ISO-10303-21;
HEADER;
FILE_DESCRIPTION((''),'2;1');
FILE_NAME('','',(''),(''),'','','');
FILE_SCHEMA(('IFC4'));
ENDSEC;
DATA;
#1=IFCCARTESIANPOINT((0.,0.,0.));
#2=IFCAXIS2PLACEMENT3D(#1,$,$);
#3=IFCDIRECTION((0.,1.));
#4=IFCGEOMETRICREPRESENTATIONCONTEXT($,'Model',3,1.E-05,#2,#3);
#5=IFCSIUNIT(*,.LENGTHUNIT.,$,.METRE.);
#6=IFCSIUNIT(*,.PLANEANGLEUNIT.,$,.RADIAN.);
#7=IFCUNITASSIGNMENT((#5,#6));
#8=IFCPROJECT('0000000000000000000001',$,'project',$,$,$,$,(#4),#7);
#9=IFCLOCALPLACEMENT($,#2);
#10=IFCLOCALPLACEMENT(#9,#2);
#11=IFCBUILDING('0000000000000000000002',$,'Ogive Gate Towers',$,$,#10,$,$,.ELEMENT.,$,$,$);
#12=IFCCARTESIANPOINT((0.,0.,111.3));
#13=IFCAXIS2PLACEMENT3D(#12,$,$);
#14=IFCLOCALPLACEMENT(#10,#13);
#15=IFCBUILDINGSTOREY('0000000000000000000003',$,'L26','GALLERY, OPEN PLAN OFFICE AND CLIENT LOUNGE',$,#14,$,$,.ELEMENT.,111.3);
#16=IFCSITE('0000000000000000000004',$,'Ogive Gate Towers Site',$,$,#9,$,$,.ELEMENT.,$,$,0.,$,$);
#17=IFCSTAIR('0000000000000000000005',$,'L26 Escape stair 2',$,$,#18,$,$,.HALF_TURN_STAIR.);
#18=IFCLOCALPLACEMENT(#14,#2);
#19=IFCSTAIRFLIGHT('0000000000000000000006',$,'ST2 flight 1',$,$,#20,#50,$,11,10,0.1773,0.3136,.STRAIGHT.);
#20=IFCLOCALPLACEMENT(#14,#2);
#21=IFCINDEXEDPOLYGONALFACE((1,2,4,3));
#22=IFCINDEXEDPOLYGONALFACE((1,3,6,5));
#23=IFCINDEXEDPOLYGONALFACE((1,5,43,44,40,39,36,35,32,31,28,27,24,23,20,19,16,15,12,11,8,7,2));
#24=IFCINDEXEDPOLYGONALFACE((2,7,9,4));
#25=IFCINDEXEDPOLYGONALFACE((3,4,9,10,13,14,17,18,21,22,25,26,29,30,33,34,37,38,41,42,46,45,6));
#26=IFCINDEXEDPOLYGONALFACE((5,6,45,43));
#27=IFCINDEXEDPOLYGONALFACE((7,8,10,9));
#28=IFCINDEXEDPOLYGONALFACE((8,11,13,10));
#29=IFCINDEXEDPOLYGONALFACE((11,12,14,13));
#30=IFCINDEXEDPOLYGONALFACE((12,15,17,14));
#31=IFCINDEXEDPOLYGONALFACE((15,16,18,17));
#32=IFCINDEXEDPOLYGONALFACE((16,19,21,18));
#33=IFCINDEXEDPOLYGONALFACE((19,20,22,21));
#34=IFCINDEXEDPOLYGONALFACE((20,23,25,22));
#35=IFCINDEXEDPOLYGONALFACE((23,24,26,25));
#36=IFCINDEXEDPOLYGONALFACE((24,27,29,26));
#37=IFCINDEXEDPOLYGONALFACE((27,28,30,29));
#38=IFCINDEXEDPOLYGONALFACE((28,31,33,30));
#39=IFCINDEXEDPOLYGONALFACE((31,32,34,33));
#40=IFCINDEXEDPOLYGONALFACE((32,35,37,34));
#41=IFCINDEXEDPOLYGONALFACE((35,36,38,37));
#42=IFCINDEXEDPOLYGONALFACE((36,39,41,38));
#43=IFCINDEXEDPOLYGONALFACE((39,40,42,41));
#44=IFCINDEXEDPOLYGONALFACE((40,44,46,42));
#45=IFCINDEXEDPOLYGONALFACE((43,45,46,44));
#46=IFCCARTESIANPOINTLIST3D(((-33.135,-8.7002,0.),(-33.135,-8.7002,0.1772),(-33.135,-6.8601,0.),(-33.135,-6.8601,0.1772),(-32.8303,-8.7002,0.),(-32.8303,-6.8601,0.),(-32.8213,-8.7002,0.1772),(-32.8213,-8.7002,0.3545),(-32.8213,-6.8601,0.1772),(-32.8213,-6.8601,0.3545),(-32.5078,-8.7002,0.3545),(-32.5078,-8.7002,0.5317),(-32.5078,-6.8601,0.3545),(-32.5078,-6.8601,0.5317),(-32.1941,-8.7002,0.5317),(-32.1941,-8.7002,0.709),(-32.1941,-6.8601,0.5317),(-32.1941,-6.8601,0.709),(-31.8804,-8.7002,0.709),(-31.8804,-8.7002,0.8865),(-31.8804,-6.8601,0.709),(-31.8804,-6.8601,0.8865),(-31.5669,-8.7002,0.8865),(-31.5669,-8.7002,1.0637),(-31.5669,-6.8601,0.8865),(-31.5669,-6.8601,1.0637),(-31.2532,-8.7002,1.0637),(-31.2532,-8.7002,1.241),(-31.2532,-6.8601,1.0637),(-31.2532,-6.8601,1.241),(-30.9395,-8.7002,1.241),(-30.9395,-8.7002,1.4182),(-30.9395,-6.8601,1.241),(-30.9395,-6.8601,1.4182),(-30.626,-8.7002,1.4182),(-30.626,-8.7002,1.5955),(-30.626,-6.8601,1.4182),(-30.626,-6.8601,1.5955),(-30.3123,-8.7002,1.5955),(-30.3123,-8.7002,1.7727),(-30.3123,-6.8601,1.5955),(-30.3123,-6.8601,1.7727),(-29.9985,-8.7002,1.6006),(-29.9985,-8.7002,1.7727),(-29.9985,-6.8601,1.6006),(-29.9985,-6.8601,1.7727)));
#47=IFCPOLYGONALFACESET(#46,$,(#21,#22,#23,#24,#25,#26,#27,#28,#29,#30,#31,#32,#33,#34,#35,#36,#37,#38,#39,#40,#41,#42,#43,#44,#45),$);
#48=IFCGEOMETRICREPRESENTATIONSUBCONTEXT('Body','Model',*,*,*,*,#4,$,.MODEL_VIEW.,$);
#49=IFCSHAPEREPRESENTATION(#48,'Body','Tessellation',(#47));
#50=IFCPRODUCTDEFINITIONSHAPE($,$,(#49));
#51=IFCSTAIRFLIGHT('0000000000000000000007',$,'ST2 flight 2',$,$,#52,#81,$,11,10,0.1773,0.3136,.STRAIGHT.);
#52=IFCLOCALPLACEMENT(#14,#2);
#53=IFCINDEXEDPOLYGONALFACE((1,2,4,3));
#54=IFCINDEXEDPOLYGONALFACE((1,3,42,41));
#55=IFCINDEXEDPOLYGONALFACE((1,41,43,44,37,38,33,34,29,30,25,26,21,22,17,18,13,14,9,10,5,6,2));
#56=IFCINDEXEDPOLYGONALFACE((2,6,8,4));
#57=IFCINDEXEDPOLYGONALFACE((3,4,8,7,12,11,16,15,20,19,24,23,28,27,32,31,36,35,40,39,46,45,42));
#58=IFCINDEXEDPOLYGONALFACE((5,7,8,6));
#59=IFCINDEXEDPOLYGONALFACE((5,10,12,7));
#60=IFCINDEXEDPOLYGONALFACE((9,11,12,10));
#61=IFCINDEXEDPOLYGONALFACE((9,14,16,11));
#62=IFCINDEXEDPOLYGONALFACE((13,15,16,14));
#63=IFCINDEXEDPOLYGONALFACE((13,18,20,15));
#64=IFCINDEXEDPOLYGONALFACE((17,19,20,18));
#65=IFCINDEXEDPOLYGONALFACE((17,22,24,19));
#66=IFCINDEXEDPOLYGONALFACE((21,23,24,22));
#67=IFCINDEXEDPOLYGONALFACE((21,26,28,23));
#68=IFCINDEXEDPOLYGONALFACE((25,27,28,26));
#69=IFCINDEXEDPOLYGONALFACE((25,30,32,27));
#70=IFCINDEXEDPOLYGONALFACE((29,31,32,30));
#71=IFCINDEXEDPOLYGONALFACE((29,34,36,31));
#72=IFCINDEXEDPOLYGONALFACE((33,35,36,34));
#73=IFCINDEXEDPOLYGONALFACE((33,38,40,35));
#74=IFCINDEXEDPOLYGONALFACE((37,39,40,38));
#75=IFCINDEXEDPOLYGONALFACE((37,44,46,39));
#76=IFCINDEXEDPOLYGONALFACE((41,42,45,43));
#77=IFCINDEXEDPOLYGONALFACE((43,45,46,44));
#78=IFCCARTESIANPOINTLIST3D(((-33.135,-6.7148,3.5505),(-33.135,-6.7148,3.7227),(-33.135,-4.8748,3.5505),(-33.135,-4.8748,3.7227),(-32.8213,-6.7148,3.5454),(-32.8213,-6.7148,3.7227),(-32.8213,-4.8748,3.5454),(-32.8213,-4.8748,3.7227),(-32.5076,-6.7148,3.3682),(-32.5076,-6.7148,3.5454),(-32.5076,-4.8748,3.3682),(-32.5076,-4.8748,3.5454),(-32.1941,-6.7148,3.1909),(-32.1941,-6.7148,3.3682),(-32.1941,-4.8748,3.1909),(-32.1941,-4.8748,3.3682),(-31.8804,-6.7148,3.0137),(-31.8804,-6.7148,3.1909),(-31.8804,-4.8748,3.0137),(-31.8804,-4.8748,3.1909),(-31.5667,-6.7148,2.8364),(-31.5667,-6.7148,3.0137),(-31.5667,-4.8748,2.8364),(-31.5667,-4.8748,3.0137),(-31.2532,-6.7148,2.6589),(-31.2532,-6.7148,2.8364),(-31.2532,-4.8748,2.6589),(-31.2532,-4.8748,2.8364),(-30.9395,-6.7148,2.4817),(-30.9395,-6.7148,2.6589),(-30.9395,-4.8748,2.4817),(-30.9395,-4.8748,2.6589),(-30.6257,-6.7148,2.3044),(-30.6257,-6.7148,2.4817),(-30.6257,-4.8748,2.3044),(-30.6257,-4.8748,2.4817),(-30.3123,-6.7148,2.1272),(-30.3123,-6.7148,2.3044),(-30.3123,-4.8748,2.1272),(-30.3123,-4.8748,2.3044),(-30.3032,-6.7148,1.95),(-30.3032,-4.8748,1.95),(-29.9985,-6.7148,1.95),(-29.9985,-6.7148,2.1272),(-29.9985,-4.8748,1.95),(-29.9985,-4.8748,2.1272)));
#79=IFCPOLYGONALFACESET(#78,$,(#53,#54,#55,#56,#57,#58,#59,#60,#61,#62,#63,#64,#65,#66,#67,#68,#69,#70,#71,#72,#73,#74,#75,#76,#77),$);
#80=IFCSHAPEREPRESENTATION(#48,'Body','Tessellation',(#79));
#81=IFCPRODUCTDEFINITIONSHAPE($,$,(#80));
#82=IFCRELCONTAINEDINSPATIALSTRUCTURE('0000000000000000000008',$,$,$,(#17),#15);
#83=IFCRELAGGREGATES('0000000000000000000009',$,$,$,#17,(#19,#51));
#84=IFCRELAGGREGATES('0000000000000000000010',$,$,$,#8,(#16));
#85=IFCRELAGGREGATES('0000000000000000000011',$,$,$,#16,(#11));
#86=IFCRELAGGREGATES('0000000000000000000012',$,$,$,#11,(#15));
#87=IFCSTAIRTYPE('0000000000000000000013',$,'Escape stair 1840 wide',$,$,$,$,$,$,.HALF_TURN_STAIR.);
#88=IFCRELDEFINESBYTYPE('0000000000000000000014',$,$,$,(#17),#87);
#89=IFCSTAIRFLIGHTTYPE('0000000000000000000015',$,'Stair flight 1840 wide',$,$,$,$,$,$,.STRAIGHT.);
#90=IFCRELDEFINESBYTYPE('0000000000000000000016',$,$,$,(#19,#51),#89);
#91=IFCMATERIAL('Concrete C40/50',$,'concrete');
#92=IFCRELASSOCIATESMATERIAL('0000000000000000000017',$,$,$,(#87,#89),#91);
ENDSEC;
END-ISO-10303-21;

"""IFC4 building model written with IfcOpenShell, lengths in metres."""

from ifc_helpers import new_model, si_unit, direction, frame, origin, place, context, subcontext, project, spatial, polyline, outline, extrude, material, type_object, element, aggregate, save


model = new_model("IFC4")

# Units and contexts
model_context = context("Model", 3, precision=1e-05, world=origin(), true_north=direction((0.0, 1.0)))
body_context = subcontext(model_context, "Body", "Model", "MODEL_VIEW")
ifc_project = project(units=[si_unit("LENGTHUNIT", "METRE"), si_unit("PLANEANGLEUNIT", "RADIAN")], contexts=[model_context])

# Site, building, storey
site_placement = place(None, origin())
site = spatial("IfcSite", under=ifc_project, at=site_placement, Name="Ogive Gate Towers Site", CompositionType="ELEMENT", RefElevation=0.0)
building_placement = place(site_placement, origin())
building = spatial("IfcBuilding", under=site, at=building_placement, Name="Ogive Gate Towers", CompositionType="ELEMENT")
storey_placement = place(building_placement, frame((0.0, 0.0, 111.3)))
storey = spatial("IfcBuildingStorey", under=building, at=storey_placement, Name="L26", Description="GALLERY, OPEN PLAN OFFICE AND CLIENT LOUNGE", CompositionType="ELEMENT", Elevation=111.3)

# Stair, stair flights
ifc_material_1 = material(Name="Concrete C40/50", Category="concrete")
stair_type = type_object("IfcStairType", Name="Escape stair 1840 wide", PredefinedType="HALF_TURN_STAIR", material=ifc_material_1)
stair_placement = place(storey_placement, origin())
stair = element("IfcStair", 1, at=stair_placement, inside=storey, type_object=stair_type, Name="L26 Escape stair 2", PredefinedType="HALF_TURN_STAIR")
stair_flight_type = type_object("IfcStairFlightType", Name="Stair flight 1840 wide", PredefinedType="STRAIGHT", material=ifc_material_1)
stair_flight_1_placement = place(storey_placement, frame((-33.135, -7.78, 0.0), z_axis=(0.0, 0.0, 1.0), x_axis=(1.0, 0.0, 0.0)))
stair_flight_1 = element("IfcStairFlight", 2, at=stair_flight_1_placement, type_object=stair_flight_type, Name="ST2 flight 1", NumberOfRisers=11, NumberOfTreads=10, PredefinedType="STRAIGHT", RiserHeight=0.1773, TreadLength=0.3136, context=body_context, shape_type="SweptSolid", body=[
    extrude(outline(polyline([(0.0, 0.0), (0.0, 0.1772), (0.3137, 0.1772), (0.3137, 0.3545), (0.6272, 0.3545), (0.6272, 0.5317), (0.9409, 0.5317), (0.9409, 0.709), (1.2546, 0.709), (1.2546, 0.8865), (1.5681, 0.8865), (1.5681, 1.0637), (1.8818, 1.0637), (1.8818, 1.241), (2.1956, 1.241), (2.1956, 1.4182), (2.509, 1.4182), (2.509, 1.5955), (2.8228, 1.5955), (2.8228, 1.7727), (3.1365, 1.7727), (3.1365, 1.95), (3.1365, 1.6006), (0.3047, 0.0), (0.0, 0.0)])), frame((0.0, 0.9199, 0.0), z_axis=(0.0, -1.0, 0.0), x_axis=(1.0, 0.0, 0.0)), (0.0, 0.0, 1.0), 1.8401),
])
stair_flight_2_placement = place(storey_placement, frame((-29.9985, -5.7949, 1.95), z_axis=(0.0, 0.0, 1.0), x_axis=(-1.0, 0.0, 0.0)))
stair_flight_2 = element("IfcStairFlight", 3, at=stair_flight_2_placement, type_object=stair_flight_type, Name="ST2 flight 2", NumberOfRisers=11, NumberOfTreads=10, PredefinedType="STRAIGHT", RiserHeight=0.1773, TreadLength=0.3136, context=body_context, shape_type="SweptSolid", body=[
    extrude(outline(polyline([(0.0, 0.0), (0.0, 0.1772), (0.3137, 0.1772), (0.3137, 0.3545), (0.6272, 0.3545), (0.6272, 0.5317), (0.9409, 0.5317), (0.9409, 0.709), (1.2546, 0.709), (1.2546, 0.8865), (1.5681, 0.8865), (1.5681, 1.0637), (1.8818, 1.0637), (1.8818, 1.241), (2.1956, 1.241), (2.1956, 1.4182), (2.509, 1.4182), (2.509, 1.5955), (2.8228, 1.5955), (2.8228, 1.7727), (3.1365, 1.7727), (3.1365, 1.95), (3.1365, 1.6006), (0.3047, 0.0), (0.0, 0.0)])), frame((0.0, 0.9199, 0.0), z_axis=(0.0, -1.0, 0.0), x_axis=(1.0, 0.0, 0.0)), (0.0, 0.0, 1.0), 1.8401),
])
aggregate(stair, [stair_flight_1, stair_flight_2])

save(model, "model.ifc")
